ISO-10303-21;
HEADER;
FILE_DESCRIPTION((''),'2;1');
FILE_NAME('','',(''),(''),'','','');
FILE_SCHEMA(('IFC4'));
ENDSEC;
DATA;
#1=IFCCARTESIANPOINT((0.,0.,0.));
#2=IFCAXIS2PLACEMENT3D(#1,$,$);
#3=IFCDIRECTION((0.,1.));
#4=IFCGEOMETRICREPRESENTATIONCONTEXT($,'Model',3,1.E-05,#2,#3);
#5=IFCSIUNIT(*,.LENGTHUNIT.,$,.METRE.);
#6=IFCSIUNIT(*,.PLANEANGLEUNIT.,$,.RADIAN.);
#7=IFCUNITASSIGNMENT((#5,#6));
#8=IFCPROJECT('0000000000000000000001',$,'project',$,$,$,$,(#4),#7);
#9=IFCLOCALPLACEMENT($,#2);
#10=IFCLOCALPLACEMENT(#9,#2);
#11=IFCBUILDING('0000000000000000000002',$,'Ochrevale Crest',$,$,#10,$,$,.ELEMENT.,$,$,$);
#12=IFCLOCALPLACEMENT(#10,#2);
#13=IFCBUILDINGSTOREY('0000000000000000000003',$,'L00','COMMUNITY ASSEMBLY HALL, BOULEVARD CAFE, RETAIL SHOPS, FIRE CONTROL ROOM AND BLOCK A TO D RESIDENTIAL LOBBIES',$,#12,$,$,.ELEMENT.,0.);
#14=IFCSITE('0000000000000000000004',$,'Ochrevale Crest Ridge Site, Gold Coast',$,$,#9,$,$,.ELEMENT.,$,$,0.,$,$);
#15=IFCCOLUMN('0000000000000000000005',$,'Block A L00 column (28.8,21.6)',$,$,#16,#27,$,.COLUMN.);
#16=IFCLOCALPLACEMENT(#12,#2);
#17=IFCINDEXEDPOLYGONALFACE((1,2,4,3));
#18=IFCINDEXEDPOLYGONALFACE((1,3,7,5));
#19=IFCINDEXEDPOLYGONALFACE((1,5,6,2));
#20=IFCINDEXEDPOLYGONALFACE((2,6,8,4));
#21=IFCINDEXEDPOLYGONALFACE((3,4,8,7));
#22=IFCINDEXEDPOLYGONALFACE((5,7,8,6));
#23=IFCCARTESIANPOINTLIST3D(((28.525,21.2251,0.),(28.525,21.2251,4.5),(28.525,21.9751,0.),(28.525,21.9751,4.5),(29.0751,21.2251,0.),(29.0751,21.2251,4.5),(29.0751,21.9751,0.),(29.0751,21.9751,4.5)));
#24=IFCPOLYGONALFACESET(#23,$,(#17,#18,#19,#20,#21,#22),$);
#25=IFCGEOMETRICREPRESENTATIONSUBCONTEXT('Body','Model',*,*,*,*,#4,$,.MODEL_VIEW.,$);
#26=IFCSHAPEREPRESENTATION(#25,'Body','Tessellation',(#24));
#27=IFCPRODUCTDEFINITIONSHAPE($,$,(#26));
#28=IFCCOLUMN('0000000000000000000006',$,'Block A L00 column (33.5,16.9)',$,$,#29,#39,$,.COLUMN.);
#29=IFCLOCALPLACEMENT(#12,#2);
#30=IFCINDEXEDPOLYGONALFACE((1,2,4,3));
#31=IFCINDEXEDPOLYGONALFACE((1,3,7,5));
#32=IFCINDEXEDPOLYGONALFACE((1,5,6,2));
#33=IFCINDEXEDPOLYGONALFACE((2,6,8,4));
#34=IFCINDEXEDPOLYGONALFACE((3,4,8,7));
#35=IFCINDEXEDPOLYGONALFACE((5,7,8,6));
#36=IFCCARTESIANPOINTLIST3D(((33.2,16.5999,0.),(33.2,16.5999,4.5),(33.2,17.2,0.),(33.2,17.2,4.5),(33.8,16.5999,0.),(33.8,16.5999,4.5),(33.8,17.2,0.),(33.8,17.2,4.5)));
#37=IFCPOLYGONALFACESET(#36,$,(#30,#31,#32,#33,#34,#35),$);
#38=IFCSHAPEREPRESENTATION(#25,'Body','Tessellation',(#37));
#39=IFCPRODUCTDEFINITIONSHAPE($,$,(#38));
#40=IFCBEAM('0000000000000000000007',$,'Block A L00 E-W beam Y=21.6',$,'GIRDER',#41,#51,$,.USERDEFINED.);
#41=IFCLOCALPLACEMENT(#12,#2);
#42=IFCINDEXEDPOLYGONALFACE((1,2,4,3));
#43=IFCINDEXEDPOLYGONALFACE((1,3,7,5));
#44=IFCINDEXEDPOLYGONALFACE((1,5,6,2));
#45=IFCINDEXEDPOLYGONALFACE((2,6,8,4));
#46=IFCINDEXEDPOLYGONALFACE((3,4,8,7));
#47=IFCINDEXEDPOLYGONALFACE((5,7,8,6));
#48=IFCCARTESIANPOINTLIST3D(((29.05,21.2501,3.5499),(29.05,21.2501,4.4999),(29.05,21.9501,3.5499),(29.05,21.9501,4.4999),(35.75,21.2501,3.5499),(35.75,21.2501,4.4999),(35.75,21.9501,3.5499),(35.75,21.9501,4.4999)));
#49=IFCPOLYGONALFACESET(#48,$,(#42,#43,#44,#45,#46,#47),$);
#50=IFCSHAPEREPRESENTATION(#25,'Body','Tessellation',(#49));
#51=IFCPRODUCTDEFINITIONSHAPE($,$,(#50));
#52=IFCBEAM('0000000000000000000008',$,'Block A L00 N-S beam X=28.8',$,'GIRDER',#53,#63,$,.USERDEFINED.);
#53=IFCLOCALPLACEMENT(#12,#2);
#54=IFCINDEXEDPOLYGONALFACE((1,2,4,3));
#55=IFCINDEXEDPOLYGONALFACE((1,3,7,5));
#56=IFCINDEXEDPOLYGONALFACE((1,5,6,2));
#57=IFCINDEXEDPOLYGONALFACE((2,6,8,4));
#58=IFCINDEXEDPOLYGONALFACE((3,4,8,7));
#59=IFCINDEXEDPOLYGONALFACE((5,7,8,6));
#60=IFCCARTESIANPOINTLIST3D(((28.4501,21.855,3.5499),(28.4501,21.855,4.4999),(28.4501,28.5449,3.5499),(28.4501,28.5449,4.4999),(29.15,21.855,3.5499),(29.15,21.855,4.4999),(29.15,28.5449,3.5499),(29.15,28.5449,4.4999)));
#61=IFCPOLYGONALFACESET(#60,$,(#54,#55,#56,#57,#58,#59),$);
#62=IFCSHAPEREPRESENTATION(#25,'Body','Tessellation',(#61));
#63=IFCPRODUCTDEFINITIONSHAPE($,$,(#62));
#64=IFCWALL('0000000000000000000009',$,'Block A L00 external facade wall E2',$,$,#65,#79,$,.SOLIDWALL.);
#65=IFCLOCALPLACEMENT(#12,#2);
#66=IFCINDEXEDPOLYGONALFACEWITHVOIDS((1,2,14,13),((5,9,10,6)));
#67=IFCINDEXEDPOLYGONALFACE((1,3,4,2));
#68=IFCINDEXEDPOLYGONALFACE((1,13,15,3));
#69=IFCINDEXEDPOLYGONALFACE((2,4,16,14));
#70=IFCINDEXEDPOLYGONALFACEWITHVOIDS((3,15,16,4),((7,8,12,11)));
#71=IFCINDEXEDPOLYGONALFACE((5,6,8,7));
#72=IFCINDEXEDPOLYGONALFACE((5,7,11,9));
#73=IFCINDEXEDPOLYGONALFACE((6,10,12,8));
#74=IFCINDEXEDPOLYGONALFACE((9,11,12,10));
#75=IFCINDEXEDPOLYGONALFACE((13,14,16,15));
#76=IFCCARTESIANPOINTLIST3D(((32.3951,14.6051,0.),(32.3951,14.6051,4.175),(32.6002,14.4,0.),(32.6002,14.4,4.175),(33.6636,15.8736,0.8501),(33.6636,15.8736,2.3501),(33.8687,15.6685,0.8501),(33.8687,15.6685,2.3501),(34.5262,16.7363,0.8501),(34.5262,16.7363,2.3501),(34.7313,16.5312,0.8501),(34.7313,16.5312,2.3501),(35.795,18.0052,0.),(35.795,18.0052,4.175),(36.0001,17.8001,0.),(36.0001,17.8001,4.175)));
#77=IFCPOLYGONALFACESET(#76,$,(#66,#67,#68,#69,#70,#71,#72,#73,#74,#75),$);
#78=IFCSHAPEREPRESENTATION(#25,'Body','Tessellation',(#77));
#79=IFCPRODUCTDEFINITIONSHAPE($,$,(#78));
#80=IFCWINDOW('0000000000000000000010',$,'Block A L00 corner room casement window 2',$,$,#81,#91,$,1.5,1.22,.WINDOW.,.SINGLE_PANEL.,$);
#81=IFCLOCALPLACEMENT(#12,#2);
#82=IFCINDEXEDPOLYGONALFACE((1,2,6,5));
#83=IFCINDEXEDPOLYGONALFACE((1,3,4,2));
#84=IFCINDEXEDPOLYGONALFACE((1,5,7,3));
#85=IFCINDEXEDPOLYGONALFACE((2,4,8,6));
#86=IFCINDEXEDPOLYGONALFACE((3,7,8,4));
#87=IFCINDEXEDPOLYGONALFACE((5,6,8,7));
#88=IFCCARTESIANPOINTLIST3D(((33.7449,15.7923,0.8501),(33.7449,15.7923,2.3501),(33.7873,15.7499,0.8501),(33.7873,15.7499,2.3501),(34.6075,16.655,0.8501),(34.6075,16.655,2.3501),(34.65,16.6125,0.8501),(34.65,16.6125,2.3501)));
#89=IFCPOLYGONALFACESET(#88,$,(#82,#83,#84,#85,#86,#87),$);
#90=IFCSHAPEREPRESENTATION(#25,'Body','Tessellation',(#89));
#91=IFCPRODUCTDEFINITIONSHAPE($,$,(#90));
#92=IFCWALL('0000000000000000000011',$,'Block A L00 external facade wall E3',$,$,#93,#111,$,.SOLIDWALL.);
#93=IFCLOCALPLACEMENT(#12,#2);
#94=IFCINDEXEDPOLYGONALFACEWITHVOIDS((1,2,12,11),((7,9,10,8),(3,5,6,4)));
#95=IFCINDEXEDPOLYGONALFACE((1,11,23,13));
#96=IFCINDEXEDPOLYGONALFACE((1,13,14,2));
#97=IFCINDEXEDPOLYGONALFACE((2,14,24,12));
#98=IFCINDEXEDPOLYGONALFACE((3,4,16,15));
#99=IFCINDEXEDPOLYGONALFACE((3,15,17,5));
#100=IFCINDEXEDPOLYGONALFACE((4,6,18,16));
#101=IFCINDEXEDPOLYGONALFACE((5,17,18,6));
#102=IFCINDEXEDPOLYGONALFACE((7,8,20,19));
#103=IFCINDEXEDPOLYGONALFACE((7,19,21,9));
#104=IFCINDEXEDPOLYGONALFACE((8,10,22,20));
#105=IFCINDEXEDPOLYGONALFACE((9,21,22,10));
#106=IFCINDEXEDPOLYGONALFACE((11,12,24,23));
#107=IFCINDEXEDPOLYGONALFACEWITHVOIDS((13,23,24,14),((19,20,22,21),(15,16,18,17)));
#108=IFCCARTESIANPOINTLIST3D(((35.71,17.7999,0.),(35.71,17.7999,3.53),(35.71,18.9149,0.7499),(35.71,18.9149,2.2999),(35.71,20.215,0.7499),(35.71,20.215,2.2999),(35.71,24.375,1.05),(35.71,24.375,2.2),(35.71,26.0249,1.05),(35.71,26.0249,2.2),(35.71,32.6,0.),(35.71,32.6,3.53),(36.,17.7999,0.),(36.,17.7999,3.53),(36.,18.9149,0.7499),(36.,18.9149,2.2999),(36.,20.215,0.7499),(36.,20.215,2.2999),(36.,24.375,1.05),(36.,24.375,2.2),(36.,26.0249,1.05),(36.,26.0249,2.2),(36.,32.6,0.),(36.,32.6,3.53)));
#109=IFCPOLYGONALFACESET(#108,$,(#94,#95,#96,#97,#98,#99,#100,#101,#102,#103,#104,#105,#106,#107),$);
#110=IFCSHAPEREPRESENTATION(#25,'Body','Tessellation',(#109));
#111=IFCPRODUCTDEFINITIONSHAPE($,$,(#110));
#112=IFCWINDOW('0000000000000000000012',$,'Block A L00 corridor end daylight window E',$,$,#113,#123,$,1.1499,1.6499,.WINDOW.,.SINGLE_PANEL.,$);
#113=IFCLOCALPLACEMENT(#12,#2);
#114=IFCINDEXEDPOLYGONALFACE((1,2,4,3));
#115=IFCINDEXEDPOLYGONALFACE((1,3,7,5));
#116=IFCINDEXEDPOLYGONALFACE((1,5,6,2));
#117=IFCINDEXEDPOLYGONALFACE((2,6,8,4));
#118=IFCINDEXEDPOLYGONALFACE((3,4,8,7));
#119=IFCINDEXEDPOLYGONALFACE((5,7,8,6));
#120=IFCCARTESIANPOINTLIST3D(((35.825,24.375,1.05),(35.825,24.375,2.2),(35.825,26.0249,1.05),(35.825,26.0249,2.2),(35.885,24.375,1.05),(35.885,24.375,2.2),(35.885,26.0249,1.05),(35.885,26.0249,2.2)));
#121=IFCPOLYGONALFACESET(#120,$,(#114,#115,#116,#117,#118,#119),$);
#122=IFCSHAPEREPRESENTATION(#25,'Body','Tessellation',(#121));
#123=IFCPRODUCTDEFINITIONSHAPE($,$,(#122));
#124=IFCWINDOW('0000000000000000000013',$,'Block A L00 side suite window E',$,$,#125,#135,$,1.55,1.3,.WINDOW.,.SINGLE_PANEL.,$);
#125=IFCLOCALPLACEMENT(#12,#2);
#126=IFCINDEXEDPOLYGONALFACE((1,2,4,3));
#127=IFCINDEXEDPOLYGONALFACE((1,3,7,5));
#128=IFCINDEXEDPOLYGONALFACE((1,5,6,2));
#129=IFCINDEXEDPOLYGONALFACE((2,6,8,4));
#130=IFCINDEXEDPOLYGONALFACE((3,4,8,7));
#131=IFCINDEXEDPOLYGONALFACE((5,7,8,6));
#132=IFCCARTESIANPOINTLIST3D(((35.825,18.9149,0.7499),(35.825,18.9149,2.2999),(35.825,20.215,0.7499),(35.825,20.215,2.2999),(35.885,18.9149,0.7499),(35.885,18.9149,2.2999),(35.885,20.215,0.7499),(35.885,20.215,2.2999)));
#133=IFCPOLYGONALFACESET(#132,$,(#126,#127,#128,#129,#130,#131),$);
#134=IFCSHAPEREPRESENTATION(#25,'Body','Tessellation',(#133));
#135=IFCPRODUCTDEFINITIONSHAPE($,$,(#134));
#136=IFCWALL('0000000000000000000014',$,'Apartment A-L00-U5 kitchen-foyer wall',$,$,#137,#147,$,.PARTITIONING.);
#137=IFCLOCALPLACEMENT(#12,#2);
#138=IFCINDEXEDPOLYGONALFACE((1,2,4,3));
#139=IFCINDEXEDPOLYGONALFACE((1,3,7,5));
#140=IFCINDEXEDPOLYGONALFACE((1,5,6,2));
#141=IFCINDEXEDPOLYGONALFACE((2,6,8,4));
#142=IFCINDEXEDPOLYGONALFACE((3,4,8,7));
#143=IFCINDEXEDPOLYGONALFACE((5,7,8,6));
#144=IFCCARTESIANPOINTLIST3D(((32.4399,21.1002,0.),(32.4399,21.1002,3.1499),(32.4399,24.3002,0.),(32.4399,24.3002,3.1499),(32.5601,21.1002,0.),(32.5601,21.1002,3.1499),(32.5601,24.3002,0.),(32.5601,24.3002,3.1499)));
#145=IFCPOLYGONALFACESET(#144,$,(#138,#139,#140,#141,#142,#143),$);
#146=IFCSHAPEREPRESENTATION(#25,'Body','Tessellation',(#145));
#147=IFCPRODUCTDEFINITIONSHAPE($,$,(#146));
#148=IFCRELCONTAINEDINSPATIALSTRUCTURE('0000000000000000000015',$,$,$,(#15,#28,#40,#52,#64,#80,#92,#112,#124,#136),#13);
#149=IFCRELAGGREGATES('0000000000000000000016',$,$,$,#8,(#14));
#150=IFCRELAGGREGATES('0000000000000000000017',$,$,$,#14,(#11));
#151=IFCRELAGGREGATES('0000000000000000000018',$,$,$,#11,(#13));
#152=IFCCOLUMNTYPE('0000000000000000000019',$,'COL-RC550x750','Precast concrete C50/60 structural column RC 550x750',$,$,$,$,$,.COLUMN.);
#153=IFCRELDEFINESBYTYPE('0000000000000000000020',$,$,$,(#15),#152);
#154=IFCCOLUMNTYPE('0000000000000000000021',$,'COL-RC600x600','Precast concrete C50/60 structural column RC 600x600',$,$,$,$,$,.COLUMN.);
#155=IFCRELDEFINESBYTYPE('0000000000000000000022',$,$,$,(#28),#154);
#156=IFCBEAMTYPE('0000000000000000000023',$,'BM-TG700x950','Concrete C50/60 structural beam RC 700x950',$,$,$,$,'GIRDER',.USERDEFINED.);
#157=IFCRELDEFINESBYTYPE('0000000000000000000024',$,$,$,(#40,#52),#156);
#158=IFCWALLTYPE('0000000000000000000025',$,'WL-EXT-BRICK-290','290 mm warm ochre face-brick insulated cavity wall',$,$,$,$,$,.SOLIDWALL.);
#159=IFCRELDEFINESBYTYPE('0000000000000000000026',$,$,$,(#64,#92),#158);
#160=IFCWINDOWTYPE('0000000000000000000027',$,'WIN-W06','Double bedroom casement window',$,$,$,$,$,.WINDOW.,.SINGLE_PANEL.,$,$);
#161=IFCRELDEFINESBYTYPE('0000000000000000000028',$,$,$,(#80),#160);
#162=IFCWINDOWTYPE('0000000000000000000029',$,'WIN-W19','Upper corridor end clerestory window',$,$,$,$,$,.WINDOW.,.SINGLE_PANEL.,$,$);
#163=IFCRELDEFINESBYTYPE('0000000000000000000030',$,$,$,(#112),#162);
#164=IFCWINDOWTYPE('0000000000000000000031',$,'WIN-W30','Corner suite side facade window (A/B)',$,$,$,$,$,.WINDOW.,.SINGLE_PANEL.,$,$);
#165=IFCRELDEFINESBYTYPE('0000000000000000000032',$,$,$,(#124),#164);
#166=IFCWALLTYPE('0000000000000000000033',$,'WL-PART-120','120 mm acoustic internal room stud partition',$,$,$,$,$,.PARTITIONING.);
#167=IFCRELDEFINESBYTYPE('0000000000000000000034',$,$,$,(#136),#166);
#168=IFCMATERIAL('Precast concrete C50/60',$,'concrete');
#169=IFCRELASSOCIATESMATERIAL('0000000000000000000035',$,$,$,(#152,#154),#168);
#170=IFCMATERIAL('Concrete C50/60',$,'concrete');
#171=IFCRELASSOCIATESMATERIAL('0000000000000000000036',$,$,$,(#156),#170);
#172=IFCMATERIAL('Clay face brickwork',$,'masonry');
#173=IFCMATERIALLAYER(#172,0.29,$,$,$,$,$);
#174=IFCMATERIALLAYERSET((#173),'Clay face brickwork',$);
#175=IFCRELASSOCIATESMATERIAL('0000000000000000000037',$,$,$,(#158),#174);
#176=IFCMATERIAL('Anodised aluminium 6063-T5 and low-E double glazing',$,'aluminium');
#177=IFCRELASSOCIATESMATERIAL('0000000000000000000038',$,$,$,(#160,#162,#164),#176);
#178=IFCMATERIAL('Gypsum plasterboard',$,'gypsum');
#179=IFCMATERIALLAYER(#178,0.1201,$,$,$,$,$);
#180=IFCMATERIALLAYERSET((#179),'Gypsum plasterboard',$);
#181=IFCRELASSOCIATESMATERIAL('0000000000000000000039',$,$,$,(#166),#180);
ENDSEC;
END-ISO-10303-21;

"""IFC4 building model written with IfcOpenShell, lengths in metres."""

from ifc_helpers import new_model, si_unit, direction, frame, frame_2d, origin, origin_2d, place, context, subcontext, project, spatial, rectangle, extrude, material, layer, layer_set, material_profile, profile_set, type_object, element, fill, save


model = new_model("IFC4")

# Units and contexts
model_context = context("Model", 3, precision=1e-05, world=origin(), true_north=direction((0.0, 1.0)))
body_context = subcontext(model_context, "Body", "Model", "MODEL_VIEW")
ifc_project = project(units=[si_unit("LENGTHUNIT", "METRE"), si_unit("PLANEANGLEUNIT", "RADIAN")], contexts=[model_context])

# Site, building, storey
site_placement = place(None, origin())
site = spatial("IfcSite", under=ifc_project, at=site_placement, Name="Ochrevale Crest Ridge Site, Gold Coast", CompositionType="ELEMENT", RefElevation=0.0)
building_placement = place(site_placement, origin())
building = spatial("IfcBuilding", under=site, at=building_placement, Name="Ochrevale Crest", CompositionType="ELEMENT")
storey_placement = place(building_placement, origin())
storey = spatial("IfcBuildingStorey", under=building, at=storey_placement, Name="L00", Description="COMMUNITY ASSEMBLY HALL, BOULEVARD CAFE, RETAIL SHOPS, FIRE CONTROL ROOM AND BLOCK A TO D RESIDENTIAL LOBBIES", CompositionType="ELEMENT", Elevation=0.0)

# Columns
ifc_material_1 = material(Name="Precast concrete C50/60", Category="concrete")
ifc_material_profile_1 = material_profile(ifc_material_1, rectangle(XDim=0.55, YDim=0.75, at=origin_2d()), Name="RC 550x750")
ifc_profile_set_1 = profile_set([ifc_material_profile_1], Name="Precast concrete C50/60")
column_type_1 = type_object("IfcColumnType", Name="COL-RC550x750", Description="Precast concrete C50/60 structural column RC 550x750", PredefinedType="COLUMN", material=ifc_profile_set_1)
column_1_placement = place(storey_placement, frame((28.8, 21.6001, 0.0), z_axis=(0.0, 0.0, 1.0), x_axis=(1.0, 0.0, 0.0)))
element("IfcColumn", 1, at=column_1_placement, inside=storey, type_object=column_type_1, Name="Block A L00 column (28.8,21.6)", PredefinedType="COLUMN", context=body_context, shape_type="SweptSolid", body=[
    extrude(rectangle(XDim=0.55, YDim=0.75, at=origin_2d()), origin(), (0.0, 0.0, 1.0), 4.5),
])
ifc_material_profile_2 = material_profile(ifc_material_1, rectangle(XDim=0.6001, YDim=0.6001, at=origin_2d()), Name="RC 600x600")
ifc_profile_set_2 = profile_set([ifc_material_profile_2], Name="Precast concrete C50/60")
column_type_2 = type_object("IfcColumnType", Name="COL-RC600x600", Description="Precast concrete C50/60 structural column RC 600x600", PredefinedType="COLUMN", material=ifc_profile_set_2)
column_2_placement = place(storey_placement, frame((33.5, 16.8999, 0.0), z_axis=(0.0, 0.0, 1.0), x_axis=(1.0, 0.0, 0.0)))
element("IfcColumn", 2, at=column_2_placement, inside=storey, type_object=column_type_2, Name="Block A L00 column (33.5,16.9)", PredefinedType="COLUMN", context=body_context, shape_type="SweptSolid", body=[
    extrude(rectangle(XDim=0.6001, YDim=0.6001, at=origin_2d()), origin(), (0.0, 0.0, 1.0), 4.5),
])

# Beams
ifc_material_2 = material(Name="Concrete C50/60", Category="concrete")
ifc_material_profile_3 = material_profile(ifc_material_2, rectangle(XDim=0.7, YDim=0.95, at=origin_2d()), Name="RC 700x950")
ifc_profile_set_3 = profile_set([ifc_material_profile_3], Name="Concrete C50/60")
beam_type = type_object("IfcBeamType", Name="BM-TG700x950", Description="Concrete C50/60 structural beam RC 700x950", ElementType="GIRDER", PredefinedType="USERDEFINED", material=ifc_profile_set_3)
beam_1_placement = place(storey_placement, frame((29.05, 21.6001, 4.0249), z_axis=(1.0, 0.0, 0.0), x_axis=(0.0, 1.0, 0.0)))
element("IfcBeam", 3, at=beam_1_placement, inside=storey, type_object=beam_type, Name="Block A L00 E-W beam Y=21.6", ObjectType="GIRDER", PredefinedType="USERDEFINED", context=body_context, shape_type="SweptSolid", body=[
    extrude(rectangle(XDim=0.7, YDim=0.95, at=origin_2d()), origin(), (0.0, 0.0, 1.0), 6.7),
])
beam_2_placement = place(storey_placement, frame((28.8, 21.855, 4.0249), z_axis=(0.0, 1.0, 0.0), x_axis=(-1.0, 0.0, 0.0)))
element("IfcBeam", 4, at=beam_2_placement, inside=storey, type_object=beam_type, Name="Block A L00 N-S beam X=28.8", ObjectType="GIRDER", PredefinedType="USERDEFINED", context=body_context, shape_type="SweptSolid", body=[
    extrude(rectangle(XDim=0.7, YDim=0.95, at=origin_2d()), origin(), (0.0, 0.0, 1.0), 6.6899),
])

# Wall, opening, window
ifc_material_3 = material(Name="Clay face brickwork", Category="masonry")
ifc_layer_1 = layer(ifc_material_3, 0.29)
ifc_layer_set_1 = layer_set([ifc_layer_1], Name="Clay face brickwork")
wall_type_1 = type_object("IfcWallType", Name="WL-EXT-BRICK-290", Description="290 mm warm ochre face-brick insulated cavity wall", PredefinedType="SOLIDWALL", material=ifc_layer_set_1)
wall_1_placement = place(storey_placement, frame((32.4976, 14.5024, 0.0), z_axis=(0.0, 0.0, 1.0), x_axis=(0.707081, 0.707132, 0.0)))
wall_1 = element("IfcWall", 5, at=wall_1_placement, inside=storey, type_object=wall_type_1, Name="Block A L00 external facade wall E2", PredefinedType="SOLIDWALL", context=body_context, shape_type="SweptSolid", body=[
    extrude(rectangle(XDim=4.8083, YDim=0.29, at=frame_2d((2.4043, 0.0))), origin(), (0.0, 0.0, 1.0), 4.175),
])
opening_1_placement = place(wall_1_placement, frame((1.7942, 0.0, 0.8501)))
opening_1 = element("IfcOpeningElement", 6, at=opening_1_placement, cuts=wall_1, PredefinedType="OPENING", context=body_context, shape_type="SweptSolid", body=[
    extrude(rectangle(XDim=1.22, YDim=1.5, at=frame_2d((0.6099, 0.75))), frame((0.0, 0.155, 0.0), z_axis=(0.0, -1.0, 0.0), x_axis=(1.0, 0.0, 0.0)), (0.0, 0.0, 1.0), 0.3101),
])
ifc_material_4 = material(Name="Anodised aluminium 6063-T5 and low-E double glazing", Category="aluminium")
window_type_1 = type_object("IfcWindowType", Name="WIN-W06", Description="Double bedroom casement window", PartitioningType="SINGLE_PANEL", PredefinedType="WINDOW", material=ifc_material_4)
window_1_placement = place(opening_1_placement, origin())
window_1 = element("IfcWindow", 7, at=window_1_placement, inside=storey, type_object=window_type_1, Name="Block A L00 corner room casement window 2", OverallHeight=1.5, OverallWidth=1.22, PartitioningType="SINGLE_PANEL", PredefinedType="WINDOW", context=body_context, shape_type="SweptSolid", body=[
    extrude(rectangle(XDim=1.22, YDim=1.5, at=frame_2d((0.6099, 0.75))), frame((0.0, 0.03, 0.0), z_axis=(0.0, -1.0, 0.0), x_axis=(1.0, 0.0, 0.0)), (0.0, 0.0, 1.0), 0.0601),
])
fill(opening_1, window_1)

# Wall, openings, windows
wall_2_placement = place(storey_placement, frame((35.855, 17.8, 0.0), z_axis=(0.0, 0.0, 1.0), x_axis=(0.0, 1.0, 0.0)))
wall_2 = element("IfcWall", 8, at=wall_2_placement, inside=storey, type_object=wall_type_1, Name="Block A L00 external facade wall E3", PredefinedType="SOLIDWALL", context=body_context, shape_type="SweptSolid", body=[
    extrude(rectangle(XDim=14.8, YDim=0.29, at=frame_2d((7.3999, 0.0))), origin(), (0.0, 0.0, 1.0), 3.53),
])
opening_2_placement = place(wall_2_placement, frame((6.575, 0.0, 1.05)))
opening_2 = element("IfcOpeningElement", 9, at=opening_2_placement, cuts=wall_2, PredefinedType="OPENING", context=body_context, shape_type="SweptSolid", body=[
    extrude(rectangle(XDim=1.6499, YDim=1.1499, at=frame_2d((0.825, 0.575))), frame((0.0, 0.155, 0.0), z_axis=(0.0, -1.0, 0.0), x_axis=(1.0, 0.0, 0.0)), (0.0, 0.0, 1.0), 0.3101),
])
opening_3_placement = place(wall_2_placement, frame((1.115, 0.0, 0.75)))
opening_3 = element("IfcOpeningElement", 10, at=opening_3_placement, cuts=wall_2, PredefinedType="OPENING", context=body_context, shape_type="SweptSolid", body=[
    extrude(rectangle(XDim=1.3, YDim=1.55, at=frame_2d((0.6499, 0.7749))), frame((0.0, 0.155, 0.0), z_axis=(0.0, -1.0, 0.0), x_axis=(1.0, 0.0, 0.0)), (0.0, 0.0, 1.0), 0.3101),
])
window_type_2 = type_object("IfcWindowType", Name="WIN-W19", Description="Upper corridor end clerestory window", PartitioningType="SINGLE_PANEL", PredefinedType="WINDOW", material=ifc_material_4)
window_2_placement = place(opening_2_placement, origin())
window_2 = element("IfcWindow", 11, at=window_2_placement, inside=storey, type_object=window_type_2, Name="Block A L00 corridor end daylight window E", OverallHeight=1.1499, OverallWidth=1.6499, PartitioningType="SINGLE_PANEL", PredefinedType="WINDOW", context=body_context, shape_type="SweptSolid", body=[
    extrude(rectangle(XDim=1.6499, YDim=1.1499, at=frame_2d((0.825, 0.575))), frame((0.0, 0.03, 0.0), z_axis=(0.0, -1.0, 0.0), x_axis=(1.0, 0.0, 0.0)), (0.0, 0.0, 1.0), 0.0601),
])
fill(opening_2, window_2)
window_type_3 = type_object("IfcWindowType", Name="WIN-W30", Description="Corner suite side facade window (A/B)", PartitioningType="SINGLE_PANEL", PredefinedType="WINDOW", material=ifc_material_4)
window_3_placement = place(opening_3_placement, origin())
window_3 = element("IfcWindow", 12, at=window_3_placement, inside=storey, type_object=window_type_3, Name="Block A L00 side suite window E", OverallHeight=1.55, OverallWidth=1.3, PartitioningType="SINGLE_PANEL", PredefinedType="WINDOW", context=body_context, shape_type="SweptSolid", body=[
    extrude(rectangle(XDim=1.3, YDim=1.55, at=frame_2d((0.6499, 0.7749))), frame((0.0, 0.03, 0.0), z_axis=(0.0, -1.0, 0.0), x_axis=(1.0, 0.0, 0.0)), (0.0, 0.0, 1.0), 0.0601),
])
fill(opening_3, window_3)

# Wall
ifc_material_5 = material(Name="Gypsum plasterboard", Category="gypsum")
ifc_layer_2 = layer(ifc_material_5, 0.1201)
ifc_layer_set_2 = layer_set([ifc_layer_2], Name="Gypsum plasterboard")
wall_type_2 = type_object("IfcWallType", Name="WL-PART-120", Description="120 mm acoustic internal room stud partition", PredefinedType="PARTITIONING", material=ifc_layer_set_2)
wall_3_placement = place(storey_placement, frame((32.5, 21.1001, 0.0), z_axis=(0.0, 0.0, 1.0), x_axis=(0.0, 1.0, 0.0)))
element("IfcWall", 13, at=wall_3_placement, inside=storey, type_object=wall_type_2, Name="Apartment A-L00-U5 kitchen-foyer wall", PredefinedType="PARTITIONING", context=body_context, shape_type="SweptSolid", body=[
    extrude(rectangle(XDim=3.2, YDim=0.1201, at=frame_2d((1.6001, 0.0))), origin(), (0.0, 0.0, 1.0), 3.1499),
])

save(model, "model.ifc")
